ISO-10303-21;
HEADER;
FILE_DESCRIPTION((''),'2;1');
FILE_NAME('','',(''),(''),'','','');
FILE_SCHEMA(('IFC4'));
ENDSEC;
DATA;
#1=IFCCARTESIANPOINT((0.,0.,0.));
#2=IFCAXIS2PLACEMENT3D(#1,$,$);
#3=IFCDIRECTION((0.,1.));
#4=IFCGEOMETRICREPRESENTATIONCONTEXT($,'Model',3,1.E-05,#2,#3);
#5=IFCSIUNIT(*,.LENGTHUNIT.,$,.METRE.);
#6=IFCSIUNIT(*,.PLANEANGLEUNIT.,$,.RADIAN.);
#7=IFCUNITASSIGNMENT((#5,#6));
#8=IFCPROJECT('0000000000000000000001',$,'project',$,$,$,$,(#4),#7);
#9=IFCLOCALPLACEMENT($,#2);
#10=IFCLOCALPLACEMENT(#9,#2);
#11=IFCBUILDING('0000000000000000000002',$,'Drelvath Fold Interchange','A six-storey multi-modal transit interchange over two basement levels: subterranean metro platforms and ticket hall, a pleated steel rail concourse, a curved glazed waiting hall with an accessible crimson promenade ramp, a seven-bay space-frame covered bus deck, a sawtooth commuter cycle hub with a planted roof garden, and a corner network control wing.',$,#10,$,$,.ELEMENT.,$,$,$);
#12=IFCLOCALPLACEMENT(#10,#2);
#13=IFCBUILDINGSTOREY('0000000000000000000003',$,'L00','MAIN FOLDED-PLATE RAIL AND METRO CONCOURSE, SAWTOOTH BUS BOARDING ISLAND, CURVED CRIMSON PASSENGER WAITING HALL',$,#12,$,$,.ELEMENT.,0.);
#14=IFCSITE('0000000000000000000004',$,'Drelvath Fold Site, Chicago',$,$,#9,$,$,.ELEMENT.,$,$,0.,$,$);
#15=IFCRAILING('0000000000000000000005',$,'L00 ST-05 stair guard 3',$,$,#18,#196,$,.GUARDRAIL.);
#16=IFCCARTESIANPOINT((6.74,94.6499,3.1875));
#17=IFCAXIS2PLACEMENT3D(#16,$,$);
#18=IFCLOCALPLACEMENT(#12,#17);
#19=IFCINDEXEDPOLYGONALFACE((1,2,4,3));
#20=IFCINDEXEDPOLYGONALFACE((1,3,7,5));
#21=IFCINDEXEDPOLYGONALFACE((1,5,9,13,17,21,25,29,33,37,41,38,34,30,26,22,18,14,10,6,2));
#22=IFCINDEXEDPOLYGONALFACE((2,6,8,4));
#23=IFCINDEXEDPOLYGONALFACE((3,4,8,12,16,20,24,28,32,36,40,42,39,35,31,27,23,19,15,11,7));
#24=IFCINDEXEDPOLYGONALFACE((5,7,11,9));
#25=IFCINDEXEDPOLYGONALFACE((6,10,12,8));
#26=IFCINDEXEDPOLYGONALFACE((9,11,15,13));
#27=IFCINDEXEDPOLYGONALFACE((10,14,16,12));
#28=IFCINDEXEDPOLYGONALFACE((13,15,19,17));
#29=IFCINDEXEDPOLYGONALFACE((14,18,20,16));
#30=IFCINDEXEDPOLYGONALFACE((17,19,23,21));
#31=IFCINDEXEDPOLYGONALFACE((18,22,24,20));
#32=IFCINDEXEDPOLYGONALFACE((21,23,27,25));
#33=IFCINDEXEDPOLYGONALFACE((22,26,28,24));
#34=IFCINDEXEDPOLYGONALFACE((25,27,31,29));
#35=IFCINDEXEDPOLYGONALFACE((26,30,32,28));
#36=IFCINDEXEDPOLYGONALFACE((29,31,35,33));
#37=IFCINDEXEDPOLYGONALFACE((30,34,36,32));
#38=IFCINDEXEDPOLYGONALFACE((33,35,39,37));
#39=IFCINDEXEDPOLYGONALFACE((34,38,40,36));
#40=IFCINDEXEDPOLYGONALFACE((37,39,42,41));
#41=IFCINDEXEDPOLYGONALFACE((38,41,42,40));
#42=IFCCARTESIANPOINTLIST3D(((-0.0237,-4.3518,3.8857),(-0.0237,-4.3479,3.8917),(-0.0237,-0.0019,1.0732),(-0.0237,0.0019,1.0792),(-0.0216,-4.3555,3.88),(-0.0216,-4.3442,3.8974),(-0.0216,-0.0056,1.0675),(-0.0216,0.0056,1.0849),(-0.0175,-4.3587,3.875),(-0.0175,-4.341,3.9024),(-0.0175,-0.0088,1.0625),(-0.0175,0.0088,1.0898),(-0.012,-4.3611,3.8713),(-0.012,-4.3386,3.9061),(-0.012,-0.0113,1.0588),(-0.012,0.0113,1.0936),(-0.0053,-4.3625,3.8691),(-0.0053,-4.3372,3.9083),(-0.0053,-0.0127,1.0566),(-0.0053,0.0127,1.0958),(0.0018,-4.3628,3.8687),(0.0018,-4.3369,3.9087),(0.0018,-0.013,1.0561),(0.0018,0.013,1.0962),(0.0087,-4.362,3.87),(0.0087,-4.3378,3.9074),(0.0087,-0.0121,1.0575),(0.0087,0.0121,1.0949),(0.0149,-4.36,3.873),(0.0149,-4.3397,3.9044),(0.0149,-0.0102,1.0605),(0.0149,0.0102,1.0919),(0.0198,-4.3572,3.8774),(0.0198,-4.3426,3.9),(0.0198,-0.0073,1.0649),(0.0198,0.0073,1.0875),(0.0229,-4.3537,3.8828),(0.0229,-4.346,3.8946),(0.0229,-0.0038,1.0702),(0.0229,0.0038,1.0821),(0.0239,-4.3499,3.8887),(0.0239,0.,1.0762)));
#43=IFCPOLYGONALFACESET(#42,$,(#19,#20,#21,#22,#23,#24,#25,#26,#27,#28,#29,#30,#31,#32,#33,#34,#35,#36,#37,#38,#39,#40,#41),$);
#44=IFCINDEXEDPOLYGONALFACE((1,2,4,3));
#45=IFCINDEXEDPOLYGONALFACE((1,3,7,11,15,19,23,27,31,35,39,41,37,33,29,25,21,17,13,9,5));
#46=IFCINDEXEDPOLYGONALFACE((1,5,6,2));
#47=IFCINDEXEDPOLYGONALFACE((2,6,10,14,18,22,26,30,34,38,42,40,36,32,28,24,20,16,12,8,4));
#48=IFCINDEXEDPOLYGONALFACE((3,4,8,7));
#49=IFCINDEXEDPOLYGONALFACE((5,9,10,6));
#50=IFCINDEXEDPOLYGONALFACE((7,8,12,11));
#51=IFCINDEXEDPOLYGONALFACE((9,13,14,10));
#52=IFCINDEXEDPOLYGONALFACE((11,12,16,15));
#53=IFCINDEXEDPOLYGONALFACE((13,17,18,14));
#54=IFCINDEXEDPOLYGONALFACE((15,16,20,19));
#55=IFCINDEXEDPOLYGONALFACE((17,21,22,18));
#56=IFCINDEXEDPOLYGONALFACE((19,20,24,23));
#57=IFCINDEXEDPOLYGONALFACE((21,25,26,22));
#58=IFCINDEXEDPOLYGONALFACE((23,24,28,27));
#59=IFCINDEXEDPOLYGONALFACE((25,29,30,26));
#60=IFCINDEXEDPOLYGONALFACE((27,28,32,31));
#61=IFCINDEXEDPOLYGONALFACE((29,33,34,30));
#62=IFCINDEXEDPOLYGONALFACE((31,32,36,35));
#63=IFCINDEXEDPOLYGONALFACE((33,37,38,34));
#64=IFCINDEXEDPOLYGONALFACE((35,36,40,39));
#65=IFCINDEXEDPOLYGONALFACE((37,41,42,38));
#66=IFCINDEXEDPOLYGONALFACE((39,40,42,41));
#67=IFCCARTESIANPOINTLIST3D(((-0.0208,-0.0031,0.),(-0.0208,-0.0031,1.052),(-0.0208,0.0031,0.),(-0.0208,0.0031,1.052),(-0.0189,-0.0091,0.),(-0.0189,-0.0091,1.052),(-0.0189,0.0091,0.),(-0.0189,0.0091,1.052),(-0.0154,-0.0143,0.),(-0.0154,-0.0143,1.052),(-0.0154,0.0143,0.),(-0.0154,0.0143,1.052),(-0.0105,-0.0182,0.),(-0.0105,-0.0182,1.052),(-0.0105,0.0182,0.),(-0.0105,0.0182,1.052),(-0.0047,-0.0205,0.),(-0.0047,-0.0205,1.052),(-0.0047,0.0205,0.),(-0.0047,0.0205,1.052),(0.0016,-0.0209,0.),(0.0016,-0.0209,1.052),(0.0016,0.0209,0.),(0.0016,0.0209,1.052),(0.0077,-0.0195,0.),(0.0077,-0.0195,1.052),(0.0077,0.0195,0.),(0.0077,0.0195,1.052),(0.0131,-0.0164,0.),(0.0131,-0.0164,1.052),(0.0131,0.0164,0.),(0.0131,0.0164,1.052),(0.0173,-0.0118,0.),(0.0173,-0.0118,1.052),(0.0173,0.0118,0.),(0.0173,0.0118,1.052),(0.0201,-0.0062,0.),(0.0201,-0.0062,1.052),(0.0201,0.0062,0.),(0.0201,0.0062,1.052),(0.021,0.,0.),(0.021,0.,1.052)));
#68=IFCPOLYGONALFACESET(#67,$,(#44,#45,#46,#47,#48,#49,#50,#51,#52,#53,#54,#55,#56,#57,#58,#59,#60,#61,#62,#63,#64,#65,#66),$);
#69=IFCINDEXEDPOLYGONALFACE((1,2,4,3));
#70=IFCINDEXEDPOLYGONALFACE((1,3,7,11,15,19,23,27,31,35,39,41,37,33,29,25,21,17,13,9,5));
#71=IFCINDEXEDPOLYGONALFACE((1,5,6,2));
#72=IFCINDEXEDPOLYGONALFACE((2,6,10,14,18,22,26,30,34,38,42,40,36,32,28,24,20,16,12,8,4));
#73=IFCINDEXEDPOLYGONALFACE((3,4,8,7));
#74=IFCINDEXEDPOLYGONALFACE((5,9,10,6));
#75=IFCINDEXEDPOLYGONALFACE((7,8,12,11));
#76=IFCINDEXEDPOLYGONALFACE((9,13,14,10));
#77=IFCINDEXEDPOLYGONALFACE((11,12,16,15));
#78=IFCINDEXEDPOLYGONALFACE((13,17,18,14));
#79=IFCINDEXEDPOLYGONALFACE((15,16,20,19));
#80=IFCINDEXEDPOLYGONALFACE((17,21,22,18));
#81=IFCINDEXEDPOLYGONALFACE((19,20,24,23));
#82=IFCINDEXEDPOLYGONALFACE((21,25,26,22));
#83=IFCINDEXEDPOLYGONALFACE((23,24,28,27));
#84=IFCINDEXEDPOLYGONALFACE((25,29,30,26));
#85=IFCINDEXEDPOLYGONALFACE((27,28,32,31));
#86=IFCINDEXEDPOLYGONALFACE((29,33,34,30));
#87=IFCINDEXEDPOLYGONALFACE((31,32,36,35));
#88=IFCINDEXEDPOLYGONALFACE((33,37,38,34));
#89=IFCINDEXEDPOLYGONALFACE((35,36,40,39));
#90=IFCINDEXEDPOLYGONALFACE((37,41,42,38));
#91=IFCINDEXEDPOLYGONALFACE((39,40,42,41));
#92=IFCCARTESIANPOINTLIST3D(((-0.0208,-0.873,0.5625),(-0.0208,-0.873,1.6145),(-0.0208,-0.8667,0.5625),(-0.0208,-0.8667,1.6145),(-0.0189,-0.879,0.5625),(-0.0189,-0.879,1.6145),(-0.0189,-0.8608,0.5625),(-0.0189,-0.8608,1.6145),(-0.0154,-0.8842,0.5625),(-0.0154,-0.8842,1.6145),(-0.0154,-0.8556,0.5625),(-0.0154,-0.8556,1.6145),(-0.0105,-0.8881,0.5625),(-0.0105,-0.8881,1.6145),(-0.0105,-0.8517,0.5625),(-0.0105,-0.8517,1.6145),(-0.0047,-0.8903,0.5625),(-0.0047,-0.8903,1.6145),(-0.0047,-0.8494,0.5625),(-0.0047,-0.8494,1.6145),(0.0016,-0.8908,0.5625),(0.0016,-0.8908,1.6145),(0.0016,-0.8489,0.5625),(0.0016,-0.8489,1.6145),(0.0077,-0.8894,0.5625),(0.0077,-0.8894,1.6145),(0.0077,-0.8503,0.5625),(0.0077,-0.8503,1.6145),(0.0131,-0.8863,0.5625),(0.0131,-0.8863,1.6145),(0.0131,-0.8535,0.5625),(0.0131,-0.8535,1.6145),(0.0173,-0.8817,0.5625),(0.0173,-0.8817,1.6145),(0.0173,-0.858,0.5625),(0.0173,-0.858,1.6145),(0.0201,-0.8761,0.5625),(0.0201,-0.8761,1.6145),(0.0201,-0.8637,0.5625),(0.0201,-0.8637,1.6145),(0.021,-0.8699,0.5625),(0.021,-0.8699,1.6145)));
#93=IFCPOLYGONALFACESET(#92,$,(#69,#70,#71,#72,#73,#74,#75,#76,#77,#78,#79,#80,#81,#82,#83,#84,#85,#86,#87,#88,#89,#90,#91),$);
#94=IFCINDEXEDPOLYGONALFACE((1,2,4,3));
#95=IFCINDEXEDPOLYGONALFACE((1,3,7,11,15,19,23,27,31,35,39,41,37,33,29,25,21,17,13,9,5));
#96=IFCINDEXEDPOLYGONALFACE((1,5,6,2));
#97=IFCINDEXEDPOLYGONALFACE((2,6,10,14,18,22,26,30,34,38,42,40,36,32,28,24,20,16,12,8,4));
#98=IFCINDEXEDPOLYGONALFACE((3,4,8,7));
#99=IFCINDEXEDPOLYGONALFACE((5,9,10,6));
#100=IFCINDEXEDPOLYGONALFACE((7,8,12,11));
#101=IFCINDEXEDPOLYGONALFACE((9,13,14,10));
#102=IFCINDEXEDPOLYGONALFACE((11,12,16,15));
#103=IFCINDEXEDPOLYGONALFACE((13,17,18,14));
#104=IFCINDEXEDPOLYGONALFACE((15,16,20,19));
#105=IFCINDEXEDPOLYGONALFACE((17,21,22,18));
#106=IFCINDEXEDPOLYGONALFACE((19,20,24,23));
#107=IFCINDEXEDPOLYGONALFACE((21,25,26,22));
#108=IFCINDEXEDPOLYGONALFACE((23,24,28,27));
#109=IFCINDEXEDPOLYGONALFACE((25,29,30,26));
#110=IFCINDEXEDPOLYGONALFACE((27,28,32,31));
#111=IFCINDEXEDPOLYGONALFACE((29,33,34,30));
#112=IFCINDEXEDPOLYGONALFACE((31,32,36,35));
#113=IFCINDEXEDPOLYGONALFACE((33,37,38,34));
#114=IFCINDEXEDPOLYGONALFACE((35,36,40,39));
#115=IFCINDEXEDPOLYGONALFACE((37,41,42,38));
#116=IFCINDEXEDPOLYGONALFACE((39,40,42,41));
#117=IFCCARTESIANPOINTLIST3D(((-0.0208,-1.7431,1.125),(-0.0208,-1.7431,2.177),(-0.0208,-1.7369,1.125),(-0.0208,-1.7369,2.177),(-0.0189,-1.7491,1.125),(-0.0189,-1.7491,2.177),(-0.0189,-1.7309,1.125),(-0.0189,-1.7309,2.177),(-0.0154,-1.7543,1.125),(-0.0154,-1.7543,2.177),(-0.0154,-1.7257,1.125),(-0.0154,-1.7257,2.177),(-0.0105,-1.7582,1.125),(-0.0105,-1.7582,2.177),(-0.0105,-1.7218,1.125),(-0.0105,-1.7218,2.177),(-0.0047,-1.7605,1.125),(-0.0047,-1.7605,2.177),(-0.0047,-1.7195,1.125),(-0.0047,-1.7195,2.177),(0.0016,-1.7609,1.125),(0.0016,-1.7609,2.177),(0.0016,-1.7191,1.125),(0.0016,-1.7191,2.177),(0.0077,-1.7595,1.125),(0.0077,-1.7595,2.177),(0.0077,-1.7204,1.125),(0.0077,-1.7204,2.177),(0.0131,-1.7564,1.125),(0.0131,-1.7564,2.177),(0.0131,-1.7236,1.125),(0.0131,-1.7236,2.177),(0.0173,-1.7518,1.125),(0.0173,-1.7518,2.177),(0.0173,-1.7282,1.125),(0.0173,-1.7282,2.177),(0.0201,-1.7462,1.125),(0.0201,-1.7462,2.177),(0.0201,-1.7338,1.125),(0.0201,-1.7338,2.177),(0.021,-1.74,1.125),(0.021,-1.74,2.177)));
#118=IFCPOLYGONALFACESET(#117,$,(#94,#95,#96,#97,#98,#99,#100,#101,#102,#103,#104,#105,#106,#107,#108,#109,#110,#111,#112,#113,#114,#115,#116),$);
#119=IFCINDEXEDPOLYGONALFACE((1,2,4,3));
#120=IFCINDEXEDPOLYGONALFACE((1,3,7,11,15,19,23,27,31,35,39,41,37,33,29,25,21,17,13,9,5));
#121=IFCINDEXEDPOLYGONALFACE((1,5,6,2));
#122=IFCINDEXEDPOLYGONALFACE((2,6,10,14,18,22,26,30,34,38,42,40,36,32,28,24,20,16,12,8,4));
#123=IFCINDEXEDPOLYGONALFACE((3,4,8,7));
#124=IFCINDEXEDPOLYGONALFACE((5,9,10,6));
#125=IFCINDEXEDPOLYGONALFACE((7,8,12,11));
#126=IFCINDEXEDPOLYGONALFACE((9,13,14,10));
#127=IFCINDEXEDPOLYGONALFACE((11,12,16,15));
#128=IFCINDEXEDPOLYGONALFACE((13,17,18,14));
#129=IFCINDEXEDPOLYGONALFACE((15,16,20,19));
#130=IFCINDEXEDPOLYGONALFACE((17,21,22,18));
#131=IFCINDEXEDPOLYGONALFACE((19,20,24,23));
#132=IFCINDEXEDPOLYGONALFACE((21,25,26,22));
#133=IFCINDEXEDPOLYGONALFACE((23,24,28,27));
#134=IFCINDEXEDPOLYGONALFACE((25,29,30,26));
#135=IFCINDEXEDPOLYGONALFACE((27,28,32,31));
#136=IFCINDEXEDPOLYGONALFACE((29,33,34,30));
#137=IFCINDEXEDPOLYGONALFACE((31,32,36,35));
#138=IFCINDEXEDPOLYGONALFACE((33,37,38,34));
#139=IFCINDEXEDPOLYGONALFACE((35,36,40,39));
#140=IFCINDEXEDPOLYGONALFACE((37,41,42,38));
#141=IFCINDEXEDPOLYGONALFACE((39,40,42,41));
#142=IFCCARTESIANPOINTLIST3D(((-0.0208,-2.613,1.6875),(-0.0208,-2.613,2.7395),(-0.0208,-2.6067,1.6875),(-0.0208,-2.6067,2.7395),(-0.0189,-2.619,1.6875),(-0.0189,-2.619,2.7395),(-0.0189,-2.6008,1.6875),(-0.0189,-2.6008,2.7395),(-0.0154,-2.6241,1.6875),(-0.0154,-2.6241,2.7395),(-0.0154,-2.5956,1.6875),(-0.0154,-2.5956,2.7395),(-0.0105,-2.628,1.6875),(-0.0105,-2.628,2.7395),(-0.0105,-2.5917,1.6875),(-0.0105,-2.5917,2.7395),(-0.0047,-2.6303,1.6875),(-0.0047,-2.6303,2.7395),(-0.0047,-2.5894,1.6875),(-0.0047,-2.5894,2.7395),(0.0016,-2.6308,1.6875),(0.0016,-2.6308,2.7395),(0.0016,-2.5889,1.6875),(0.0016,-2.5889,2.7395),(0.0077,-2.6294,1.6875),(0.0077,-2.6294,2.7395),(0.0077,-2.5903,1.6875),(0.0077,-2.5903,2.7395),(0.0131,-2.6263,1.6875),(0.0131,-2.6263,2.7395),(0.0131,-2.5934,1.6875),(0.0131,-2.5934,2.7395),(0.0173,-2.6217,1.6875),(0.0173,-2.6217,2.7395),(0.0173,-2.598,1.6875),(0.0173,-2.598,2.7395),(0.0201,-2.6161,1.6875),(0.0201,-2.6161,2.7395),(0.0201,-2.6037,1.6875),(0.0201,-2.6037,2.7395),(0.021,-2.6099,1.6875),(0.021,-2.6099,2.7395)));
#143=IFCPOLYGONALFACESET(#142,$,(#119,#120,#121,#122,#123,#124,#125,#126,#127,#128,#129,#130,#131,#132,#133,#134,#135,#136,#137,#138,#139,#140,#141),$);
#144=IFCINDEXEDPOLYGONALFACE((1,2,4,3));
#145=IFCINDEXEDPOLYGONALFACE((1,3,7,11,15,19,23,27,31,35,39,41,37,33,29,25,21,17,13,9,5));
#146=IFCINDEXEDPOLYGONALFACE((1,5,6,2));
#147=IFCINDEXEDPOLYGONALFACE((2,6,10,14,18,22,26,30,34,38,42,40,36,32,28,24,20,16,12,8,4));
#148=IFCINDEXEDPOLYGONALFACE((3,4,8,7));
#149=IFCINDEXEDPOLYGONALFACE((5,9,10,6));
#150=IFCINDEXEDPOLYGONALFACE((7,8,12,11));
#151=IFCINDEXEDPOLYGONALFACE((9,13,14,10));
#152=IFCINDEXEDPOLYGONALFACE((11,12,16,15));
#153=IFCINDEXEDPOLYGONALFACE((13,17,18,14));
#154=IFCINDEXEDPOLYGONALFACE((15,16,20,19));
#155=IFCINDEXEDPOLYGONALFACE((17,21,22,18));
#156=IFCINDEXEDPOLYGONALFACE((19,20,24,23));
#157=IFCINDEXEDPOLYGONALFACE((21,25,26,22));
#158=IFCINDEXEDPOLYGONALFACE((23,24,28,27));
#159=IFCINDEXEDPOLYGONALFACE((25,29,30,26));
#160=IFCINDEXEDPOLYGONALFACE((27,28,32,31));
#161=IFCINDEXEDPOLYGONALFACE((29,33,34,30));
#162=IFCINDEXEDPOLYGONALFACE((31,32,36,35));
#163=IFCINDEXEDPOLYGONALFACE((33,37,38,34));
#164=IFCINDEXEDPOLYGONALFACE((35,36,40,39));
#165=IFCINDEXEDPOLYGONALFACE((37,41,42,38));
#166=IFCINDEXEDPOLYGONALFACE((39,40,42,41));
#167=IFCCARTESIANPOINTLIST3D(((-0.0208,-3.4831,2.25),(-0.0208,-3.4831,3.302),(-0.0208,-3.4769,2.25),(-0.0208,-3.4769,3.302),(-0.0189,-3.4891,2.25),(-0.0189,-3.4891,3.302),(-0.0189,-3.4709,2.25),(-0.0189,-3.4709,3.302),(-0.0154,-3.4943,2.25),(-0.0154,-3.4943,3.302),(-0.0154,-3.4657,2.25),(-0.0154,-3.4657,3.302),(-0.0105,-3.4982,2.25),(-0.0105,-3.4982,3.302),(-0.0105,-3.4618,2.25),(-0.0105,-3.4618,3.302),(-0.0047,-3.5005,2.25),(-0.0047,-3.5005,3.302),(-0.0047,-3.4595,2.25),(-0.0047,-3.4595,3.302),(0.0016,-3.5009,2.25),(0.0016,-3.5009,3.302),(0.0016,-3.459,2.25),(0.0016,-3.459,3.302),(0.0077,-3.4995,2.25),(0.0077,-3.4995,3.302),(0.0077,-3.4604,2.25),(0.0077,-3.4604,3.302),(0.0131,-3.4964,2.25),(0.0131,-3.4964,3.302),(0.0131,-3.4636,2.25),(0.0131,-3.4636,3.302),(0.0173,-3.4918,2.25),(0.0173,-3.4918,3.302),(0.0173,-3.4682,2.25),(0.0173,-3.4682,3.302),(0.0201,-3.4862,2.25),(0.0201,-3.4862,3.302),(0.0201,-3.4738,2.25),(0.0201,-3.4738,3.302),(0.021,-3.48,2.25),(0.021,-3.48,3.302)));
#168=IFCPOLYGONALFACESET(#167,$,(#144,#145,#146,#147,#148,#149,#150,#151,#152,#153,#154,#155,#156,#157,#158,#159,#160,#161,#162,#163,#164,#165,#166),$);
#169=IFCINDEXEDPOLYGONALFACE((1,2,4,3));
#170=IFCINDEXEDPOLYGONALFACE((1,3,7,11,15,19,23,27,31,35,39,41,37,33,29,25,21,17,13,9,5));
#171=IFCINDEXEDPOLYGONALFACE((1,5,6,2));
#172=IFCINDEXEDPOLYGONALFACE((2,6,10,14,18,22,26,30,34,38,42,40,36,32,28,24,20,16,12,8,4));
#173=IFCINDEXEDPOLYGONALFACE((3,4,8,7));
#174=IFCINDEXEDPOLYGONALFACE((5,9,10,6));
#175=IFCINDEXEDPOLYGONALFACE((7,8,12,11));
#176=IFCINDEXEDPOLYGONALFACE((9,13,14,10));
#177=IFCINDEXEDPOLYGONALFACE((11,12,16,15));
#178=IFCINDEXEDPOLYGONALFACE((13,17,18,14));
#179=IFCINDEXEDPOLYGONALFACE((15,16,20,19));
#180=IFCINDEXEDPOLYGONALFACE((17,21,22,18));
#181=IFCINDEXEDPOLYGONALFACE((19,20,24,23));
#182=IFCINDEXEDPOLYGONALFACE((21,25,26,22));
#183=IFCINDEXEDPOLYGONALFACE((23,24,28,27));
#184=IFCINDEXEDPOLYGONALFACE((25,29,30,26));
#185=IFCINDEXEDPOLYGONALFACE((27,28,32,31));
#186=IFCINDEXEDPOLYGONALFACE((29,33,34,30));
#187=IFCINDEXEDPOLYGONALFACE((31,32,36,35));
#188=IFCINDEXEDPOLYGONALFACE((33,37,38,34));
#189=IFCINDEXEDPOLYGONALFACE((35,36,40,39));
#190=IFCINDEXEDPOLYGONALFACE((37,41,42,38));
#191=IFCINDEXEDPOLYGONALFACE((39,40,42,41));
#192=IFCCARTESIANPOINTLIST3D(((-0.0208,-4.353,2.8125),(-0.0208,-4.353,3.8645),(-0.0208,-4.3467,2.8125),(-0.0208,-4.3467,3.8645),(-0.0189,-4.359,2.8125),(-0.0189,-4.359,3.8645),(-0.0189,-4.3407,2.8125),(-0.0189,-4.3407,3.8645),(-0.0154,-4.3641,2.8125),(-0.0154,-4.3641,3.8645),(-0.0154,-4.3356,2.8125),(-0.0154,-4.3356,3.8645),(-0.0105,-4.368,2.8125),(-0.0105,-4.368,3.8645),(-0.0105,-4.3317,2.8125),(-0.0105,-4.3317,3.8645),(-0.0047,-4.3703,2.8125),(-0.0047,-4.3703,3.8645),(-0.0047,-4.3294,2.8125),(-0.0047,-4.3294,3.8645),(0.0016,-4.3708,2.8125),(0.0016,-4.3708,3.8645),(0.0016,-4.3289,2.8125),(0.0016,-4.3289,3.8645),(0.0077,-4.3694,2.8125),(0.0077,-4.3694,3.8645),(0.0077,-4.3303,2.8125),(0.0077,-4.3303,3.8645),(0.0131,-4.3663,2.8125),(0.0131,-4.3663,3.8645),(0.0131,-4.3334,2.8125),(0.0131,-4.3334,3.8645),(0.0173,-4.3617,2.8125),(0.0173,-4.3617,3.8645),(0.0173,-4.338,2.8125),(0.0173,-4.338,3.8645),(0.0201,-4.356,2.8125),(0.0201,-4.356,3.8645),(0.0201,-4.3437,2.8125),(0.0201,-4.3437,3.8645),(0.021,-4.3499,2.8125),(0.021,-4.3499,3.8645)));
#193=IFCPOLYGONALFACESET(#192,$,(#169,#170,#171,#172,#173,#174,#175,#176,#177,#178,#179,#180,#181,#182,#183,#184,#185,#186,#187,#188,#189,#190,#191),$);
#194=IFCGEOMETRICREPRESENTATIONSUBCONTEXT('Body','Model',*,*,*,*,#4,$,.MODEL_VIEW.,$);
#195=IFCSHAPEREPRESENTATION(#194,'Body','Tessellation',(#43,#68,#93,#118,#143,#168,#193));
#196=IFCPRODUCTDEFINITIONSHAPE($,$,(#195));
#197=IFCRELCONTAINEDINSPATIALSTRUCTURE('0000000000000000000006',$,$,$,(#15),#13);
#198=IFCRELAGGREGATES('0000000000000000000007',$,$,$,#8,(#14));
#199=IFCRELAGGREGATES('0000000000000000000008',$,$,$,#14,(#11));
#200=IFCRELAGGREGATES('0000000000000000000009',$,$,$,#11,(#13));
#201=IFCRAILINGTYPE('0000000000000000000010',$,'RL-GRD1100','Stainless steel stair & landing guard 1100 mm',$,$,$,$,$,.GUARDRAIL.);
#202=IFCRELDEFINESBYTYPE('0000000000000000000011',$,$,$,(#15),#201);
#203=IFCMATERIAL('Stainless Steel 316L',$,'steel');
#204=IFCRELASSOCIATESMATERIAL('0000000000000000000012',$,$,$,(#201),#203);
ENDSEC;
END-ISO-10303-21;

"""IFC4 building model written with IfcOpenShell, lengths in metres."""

from ifc_helpers import new_model, si_unit, direction, frame, origin, origin_2d, place, context, subcontext, project, spatial, circle, extrude, material, type_object, element, save


model = new_model("IFC4")

# Units and contexts
model_context = context("Model", 3, precision=1e-05, world=origin(), true_north=direction((0.0, 1.0)))
body_context = subcontext(model_context, "Body", "Model", "MODEL_VIEW")
ifc_project = project(units=[si_unit("LENGTHUNIT", "METRE"), si_unit("PLANEANGLEUNIT", "RADIAN")], contexts=[model_context])

# Site, building, storey
site_placement = place(None, origin())
site = spatial("IfcSite", under=ifc_project, at=site_placement, Name="Drelvath Fold Site, Chicago", CompositionType="ELEMENT", RefElevation=0.0)
building_placement = place(site_placement, origin())
building = spatial("IfcBuilding", under=site, at=building_placement, Name="Drelvath Fold Interchange", Description="A six-storey multi-modal transit interchange over two basement levels: subterranean metro platforms and ticket hall, a pleated steel rail concourse, a curved glazed waiting hall with an accessible crimson promenade ramp, a seven-bay space-frame covered bus deck, a sawtooth commuter cycle hub with a planted roof garden, and a corner network control wing.", CompositionType="ELEMENT")
storey_placement = place(building_placement, origin())
storey = spatial("IfcBuildingStorey", under=building, at=storey_placement, Name="L00", Description="MAIN FOLDED-PLATE RAIL AND METRO CONCOURSE, SAWTOOTH BUS BOARDING ISLAND, CURVED CRIMSON PASSENGER WAITING HALL", CompositionType="ELEMENT", Elevation=0.0)

# Railing
ifc_material_1 = material(Name="Stainless Steel 316L", Category="steel")
railing_type_1 = type_object("IfcRailingType", Name="RL-GRD1100", Description="Stainless steel stair & landing guard 1100 mm", PredefinedType="GUARDRAIL", material=ifc_material_1)
railing_1_placement = place(storey_placement, frame((6.74, 94.6499, 3.1875)))
element("IfcRailing", 1, at=railing_1_placement, inside=storey, type_object=railing_type_1, Name="L00 ST-05 stair guard 3", PredefinedType="GUARDRAIL", context=body_context, shape_type="SweptSolid", body=[
    extrude(circle(Radius=0.0239, at=origin_2d()), frame((0.0, 0.0, 1.0762), z_axis=(0.0, -0.839756, 0.542964), x_axis=(1.0, 0.0, 0.0)), (0.0, 0.0, 1.0), 5.1799),
    extrude(circle(Radius=0.021, at=origin_2d()), origin(), (0.0, 0.0, 1.0), 1.052),
    extrude(circle(Radius=0.021, at=origin_2d()), frame((0.0, -0.8699, 0.5625)), (0.0, 0.0, 1.0), 1.052),
    extrude(circle(Radius=0.021, at=origin_2d()), frame((0.0, -1.74, 1.125)), (0.0, 0.0, 1.0), 1.052),
    extrude(circle(Radius=0.021, at=origin_2d()), frame((0.0, -2.6099, 1.6875)), (0.0, 0.0, 1.0), 1.052),
    extrude(circle(Radius=0.021, at=origin_2d()), frame((0.0, -3.48, 2.25)), (0.0, 0.0, 1.0), 1.052),
    extrude(circle(Radius=0.021, at=origin_2d()), frame((0.0, -4.3499, 2.8125)), (0.0, 0.0, 1.0), 1.052),
])

save(model, "model.ifc")
